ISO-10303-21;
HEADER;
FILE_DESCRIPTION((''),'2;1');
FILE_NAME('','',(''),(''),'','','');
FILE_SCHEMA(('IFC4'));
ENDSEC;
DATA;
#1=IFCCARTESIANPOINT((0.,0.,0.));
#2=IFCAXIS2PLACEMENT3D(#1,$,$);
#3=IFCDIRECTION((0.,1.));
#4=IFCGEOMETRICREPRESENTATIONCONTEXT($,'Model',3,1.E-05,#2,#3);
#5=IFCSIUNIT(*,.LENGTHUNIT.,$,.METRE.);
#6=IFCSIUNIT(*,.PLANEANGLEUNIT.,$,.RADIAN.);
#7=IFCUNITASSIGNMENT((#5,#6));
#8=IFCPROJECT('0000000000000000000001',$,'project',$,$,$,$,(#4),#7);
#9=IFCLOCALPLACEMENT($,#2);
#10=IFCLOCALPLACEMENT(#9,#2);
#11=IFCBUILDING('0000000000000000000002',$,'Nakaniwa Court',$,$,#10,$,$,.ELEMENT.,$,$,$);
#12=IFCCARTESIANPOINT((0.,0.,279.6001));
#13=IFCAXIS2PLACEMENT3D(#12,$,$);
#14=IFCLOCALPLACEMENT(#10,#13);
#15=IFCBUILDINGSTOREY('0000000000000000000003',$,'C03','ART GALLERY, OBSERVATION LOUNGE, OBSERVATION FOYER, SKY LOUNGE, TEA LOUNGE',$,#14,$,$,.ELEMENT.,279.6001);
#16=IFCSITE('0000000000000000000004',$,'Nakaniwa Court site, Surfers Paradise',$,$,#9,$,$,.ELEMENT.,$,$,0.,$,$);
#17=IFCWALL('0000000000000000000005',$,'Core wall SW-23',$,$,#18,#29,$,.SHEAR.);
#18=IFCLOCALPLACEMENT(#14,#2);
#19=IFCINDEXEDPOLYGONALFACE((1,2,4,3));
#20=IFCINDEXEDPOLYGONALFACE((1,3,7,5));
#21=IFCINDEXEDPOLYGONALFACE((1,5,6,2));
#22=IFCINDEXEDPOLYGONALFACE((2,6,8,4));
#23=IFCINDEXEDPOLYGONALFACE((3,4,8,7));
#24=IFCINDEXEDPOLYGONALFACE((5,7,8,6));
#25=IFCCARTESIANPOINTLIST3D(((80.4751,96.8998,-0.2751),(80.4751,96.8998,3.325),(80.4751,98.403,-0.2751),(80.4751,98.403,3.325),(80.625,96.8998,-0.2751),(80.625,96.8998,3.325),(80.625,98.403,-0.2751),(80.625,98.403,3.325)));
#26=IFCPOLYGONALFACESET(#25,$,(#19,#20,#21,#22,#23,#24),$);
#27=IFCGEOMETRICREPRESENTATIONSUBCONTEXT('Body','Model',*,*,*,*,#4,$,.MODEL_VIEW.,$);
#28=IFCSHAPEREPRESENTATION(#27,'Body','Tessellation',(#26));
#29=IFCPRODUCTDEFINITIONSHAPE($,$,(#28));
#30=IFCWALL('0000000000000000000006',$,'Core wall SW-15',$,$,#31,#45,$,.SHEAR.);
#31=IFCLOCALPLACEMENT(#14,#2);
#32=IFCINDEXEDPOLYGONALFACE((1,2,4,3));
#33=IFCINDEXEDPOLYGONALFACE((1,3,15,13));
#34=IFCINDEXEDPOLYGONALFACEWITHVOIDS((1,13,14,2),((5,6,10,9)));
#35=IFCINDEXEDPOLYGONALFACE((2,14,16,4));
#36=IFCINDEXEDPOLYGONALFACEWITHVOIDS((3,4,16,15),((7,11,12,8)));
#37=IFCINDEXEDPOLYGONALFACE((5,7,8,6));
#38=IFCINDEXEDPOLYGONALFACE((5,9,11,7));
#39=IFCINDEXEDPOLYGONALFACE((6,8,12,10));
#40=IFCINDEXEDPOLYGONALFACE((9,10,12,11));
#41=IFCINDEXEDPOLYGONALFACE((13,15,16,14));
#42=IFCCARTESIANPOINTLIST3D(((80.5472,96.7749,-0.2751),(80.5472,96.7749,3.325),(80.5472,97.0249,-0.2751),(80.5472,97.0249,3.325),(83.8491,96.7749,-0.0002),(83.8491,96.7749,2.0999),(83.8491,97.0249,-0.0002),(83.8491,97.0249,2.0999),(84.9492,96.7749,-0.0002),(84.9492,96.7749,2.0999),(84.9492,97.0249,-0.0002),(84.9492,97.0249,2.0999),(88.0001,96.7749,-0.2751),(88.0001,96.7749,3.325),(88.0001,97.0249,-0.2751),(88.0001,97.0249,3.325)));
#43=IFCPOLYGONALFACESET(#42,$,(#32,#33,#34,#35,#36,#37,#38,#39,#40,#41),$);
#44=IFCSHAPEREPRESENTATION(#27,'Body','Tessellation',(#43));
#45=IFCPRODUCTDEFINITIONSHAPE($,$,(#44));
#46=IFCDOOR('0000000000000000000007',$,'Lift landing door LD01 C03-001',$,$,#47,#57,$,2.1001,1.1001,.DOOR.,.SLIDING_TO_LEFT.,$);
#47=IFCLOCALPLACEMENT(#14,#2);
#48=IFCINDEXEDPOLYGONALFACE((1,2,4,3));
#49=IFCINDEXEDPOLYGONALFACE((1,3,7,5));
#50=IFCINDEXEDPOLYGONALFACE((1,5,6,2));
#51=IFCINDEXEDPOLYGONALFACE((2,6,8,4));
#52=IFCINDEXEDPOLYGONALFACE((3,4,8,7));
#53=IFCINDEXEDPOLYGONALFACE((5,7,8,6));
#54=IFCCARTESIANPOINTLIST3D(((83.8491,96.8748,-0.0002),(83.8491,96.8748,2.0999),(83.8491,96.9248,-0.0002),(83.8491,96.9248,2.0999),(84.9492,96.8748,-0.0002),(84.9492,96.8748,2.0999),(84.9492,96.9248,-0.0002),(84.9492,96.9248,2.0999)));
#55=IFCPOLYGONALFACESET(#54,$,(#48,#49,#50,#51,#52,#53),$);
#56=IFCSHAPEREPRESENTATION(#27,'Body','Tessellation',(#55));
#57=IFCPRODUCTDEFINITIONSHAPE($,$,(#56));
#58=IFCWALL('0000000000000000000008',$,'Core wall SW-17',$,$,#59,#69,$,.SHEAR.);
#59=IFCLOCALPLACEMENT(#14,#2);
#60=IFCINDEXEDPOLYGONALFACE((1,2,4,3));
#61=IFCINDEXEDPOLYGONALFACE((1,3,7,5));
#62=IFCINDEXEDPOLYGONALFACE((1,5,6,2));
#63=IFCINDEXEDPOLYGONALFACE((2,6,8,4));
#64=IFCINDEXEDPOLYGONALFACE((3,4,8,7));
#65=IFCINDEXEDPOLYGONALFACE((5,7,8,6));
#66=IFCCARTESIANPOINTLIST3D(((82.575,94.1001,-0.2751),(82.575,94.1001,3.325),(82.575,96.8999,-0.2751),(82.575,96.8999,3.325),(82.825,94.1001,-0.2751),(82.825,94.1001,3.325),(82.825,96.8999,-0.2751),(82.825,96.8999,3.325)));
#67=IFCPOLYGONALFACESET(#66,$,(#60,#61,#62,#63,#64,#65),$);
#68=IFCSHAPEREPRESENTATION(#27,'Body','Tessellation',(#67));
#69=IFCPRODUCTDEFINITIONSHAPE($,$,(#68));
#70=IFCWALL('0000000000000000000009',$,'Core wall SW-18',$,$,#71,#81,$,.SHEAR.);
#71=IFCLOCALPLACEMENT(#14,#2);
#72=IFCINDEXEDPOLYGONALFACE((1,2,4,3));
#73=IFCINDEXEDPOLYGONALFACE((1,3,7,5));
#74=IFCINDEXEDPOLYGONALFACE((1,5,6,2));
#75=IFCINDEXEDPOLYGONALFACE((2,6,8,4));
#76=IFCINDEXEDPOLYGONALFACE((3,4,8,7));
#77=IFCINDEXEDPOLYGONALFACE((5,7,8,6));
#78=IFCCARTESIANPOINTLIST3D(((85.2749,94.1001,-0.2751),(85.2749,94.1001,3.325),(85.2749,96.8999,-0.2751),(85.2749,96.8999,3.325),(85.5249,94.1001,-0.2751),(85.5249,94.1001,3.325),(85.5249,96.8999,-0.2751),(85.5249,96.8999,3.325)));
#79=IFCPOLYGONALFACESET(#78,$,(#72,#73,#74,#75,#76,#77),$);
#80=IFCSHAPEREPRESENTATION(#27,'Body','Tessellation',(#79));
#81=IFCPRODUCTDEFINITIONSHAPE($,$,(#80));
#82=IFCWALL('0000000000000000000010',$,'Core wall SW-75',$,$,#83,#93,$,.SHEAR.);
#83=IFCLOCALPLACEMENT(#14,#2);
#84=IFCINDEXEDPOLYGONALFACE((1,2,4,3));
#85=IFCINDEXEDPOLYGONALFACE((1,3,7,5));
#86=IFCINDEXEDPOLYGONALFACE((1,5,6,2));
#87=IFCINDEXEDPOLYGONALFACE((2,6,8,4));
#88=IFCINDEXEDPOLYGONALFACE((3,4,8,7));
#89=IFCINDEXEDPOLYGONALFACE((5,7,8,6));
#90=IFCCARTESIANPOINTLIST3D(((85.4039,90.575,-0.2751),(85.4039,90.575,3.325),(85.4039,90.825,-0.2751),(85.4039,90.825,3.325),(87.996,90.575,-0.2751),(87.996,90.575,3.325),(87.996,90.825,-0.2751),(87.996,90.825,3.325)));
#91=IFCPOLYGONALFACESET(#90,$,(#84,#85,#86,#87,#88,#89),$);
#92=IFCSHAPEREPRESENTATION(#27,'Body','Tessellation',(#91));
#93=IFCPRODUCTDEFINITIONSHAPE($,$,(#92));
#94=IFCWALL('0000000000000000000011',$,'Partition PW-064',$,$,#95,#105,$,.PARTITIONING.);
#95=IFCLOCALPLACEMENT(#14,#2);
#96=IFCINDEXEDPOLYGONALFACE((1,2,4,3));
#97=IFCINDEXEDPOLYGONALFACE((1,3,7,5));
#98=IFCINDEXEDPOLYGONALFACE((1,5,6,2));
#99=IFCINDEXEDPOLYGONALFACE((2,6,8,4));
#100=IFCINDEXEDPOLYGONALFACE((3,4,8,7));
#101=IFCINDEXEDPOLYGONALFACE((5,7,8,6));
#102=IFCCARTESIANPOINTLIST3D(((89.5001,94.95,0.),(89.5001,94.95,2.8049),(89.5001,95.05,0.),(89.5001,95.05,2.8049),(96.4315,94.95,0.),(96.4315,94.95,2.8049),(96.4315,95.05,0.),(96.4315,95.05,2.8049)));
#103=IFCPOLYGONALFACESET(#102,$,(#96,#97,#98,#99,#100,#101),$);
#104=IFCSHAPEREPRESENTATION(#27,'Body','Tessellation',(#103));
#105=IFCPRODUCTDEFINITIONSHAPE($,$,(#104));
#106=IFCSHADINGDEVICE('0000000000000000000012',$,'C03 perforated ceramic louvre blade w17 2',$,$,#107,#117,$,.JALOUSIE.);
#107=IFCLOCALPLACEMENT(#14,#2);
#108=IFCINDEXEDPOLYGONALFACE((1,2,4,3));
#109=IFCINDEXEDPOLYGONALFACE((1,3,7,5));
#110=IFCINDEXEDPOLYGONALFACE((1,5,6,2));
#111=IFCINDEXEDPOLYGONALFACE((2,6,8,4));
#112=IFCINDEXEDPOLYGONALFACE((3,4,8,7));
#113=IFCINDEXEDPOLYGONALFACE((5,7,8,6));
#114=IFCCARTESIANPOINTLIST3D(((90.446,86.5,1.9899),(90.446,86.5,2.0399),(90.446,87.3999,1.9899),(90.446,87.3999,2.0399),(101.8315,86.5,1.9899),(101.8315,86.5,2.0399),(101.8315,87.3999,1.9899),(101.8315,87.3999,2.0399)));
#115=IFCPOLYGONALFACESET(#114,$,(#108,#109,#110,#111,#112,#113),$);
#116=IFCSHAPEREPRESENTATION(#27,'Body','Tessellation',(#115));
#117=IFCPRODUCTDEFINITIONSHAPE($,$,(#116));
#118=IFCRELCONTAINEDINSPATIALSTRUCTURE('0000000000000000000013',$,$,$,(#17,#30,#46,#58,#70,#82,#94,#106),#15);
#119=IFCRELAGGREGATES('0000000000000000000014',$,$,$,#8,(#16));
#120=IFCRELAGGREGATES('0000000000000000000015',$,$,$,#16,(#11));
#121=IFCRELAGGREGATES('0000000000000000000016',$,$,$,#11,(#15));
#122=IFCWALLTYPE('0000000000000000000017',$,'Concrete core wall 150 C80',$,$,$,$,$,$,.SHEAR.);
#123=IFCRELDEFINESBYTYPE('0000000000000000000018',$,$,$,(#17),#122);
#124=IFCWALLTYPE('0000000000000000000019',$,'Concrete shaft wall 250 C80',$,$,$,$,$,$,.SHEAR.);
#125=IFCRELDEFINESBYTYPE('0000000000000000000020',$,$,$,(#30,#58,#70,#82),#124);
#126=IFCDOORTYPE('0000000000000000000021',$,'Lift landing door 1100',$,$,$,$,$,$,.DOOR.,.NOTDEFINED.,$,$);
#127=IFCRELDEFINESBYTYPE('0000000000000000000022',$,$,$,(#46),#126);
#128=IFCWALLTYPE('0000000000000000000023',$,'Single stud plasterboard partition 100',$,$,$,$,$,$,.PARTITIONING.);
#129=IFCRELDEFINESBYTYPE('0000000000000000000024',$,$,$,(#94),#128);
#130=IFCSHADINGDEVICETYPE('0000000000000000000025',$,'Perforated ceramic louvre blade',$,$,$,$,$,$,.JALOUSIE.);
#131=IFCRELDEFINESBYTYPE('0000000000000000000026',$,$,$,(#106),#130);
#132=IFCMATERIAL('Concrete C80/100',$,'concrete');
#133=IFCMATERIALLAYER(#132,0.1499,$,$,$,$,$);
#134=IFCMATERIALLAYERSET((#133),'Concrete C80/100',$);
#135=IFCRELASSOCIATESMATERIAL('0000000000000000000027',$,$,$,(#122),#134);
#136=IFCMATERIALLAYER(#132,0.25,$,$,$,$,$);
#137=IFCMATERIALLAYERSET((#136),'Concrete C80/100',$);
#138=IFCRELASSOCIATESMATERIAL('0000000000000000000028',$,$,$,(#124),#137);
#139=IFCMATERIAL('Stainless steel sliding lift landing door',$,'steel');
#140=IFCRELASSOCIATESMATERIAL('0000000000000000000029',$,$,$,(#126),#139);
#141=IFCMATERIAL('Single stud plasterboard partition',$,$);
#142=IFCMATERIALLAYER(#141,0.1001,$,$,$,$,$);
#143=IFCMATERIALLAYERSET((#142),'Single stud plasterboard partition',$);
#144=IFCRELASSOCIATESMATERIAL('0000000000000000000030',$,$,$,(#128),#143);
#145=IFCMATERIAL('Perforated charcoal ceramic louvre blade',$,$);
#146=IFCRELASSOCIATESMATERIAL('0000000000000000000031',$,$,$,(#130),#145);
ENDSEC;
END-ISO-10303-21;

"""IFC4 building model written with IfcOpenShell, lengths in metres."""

from ifc_helpers import new_model, si_unit, direction, frame, frame_2d, origin, origin_2d, place, context, subcontext, project, spatial, rectangle, extrude, material, layer, layer_set, material_profile, profile_set, type_object, element, fill, save


model = new_model("IFC4")

# Units and contexts
model_context = context("Model", 3, precision=1e-05, world=origin(), true_north=direction((0.0, 1.0)))
body_context = subcontext(model_context, "Body", "Model", "MODEL_VIEW")
ifc_project = project(units=[si_unit("LENGTHUNIT", "METRE"), si_unit("PLANEANGLEUNIT", "RADIAN")], contexts=[model_context])

# Site, building, storey
site_placement = place(None, origin())
site = spatial("IfcSite", under=ifc_project, at=site_placement, Name="Nakaniwa Court site, Surfers Paradise", CompositionType="ELEMENT", RefElevation=0.0)
building_placement = place(site_placement, origin())
building = spatial("IfcBuilding", under=site, at=building_placement, Name="Nakaniwa Court", CompositionType="ELEMENT")
storey_placement = place(building_placement, frame((0.0, 0.0, 279.6001)))
storey = spatial("IfcBuildingStorey", under=building, at=storey_placement, Name="C03", Description="ART GALLERY, OBSERVATION LOUNGE, OBSERVATION FOYER, SKY LOUNGE, TEA LOUNGE", CompositionType="ELEMENT", Elevation=279.6001)

# Shared definitions
ifc_material_1 = material(Name="Concrete C80/100", Category="concrete")

# Wall
ifc_layer_1 = layer(ifc_material_1, 0.1499)
ifc_layer_set_1 = layer_set([ifc_layer_1], Name="Concrete C80/100")
wall_type_1 = type_object("IfcWallType", Name="Concrete core wall 150 C80", PredefinedType="SHEAR", material=ifc_layer_set_1)
wall_1_placement = place(storey_placement, frame((80.55, 96.8999, -0.2751), z_axis=(0.0, 0.0, 1.0), x_axis=(0.0, 1.0, 0.0)))
element("IfcWall", 1, at=wall_1_placement, inside=storey, type_object=wall_type_1, Name="Core wall SW-23", PredefinedType="SHEAR", context=body_context, shape_type="SweptSolid", body=[
    extrude(rectangle(XDim=1.5032, YDim=0.1499, at=frame_2d((0.7515, 0.0))), origin(), (0.0, 0.0, 1.0), 3.6001),
])

# Wall, opening, door
ifc_layer_2 = layer(ifc_material_1, 0.25)
ifc_layer_set_2 = layer_set([ifc_layer_2], Name="Concrete C80/100")
wall_type_2 = type_object("IfcWallType", Name="Concrete shaft wall 250 C80", PredefinedType="SHEAR", material=ifc_layer_set_2)
wall_2_placement = place(storey_placement, frame((80.5471, 96.8999, -0.2751), z_axis=(0.0, 0.0, 1.0), x_axis=(1.0, 0.0, 0.0)))
wall_2 = element("IfcWall", 2, at=wall_2_placement, inside=storey, type_object=wall_type_2, Name="Core wall SW-15", PredefinedType="SHEAR", context=body_context, shape_type="SweptSolid", body=[
    extrude(rectangle(XDim=7.4529, YDim=0.25, at=frame_2d((3.7266, 0.0))), origin(), (0.0, 0.0, 1.0), 3.6001),
])
opening_1_placement = place(wall_2_placement, frame((3.302, 0.0, 0.2749)))
opening_1 = element("IfcOpeningElement", 3, at=opening_1_placement, cuts=wall_2, PredefinedType="OPENING", context=body_context, shape_type="SweptSolid", body=[
    extrude(rectangle(XDim=1.1001, YDim=2.1001, at=frame_2d((0.55, 1.05))), frame((0.0, 0.135, 0.0), z_axis=(0.0, -1.0, 0.0), x_axis=(1.0, 0.0, 0.0)), (0.0, 0.0, 1.0), 0.27),
])
ifc_material_2 = material(Name="Stainless steel sliding lift landing door", Category="steel")
door_type_1 = type_object("IfcDoorType", Name="Lift landing door 1100", OperationType="NOTDEFINED", PredefinedType="DOOR", material=ifc_material_2)
door_1_placement = place(opening_1_placement, origin())
door_1 = element("IfcDoor", 4, at=door_1_placement, inside=storey, type_object=door_type_1, Name="Lift landing door LD01 C03-001", OperationType="SLIDING_TO_LEFT", OverallHeight=2.1001, OverallWidth=1.1001, PredefinedType="DOOR", context=body_context, shape_type="SweptSolid", body=[
    extrude(rectangle(XDim=1.1001, YDim=2.1001, at=frame_2d((0.55, 1.05))), frame((0.0, 0.0249, 0.0), z_axis=(0.0, -1.0, 0.0), x_axis=(1.0, 0.0, 0.0)), (0.0, 0.0, 1.0), 0.05),
])
fill(opening_1, door_1)

# Walls
for number, where, z_axis, x_axis, name in (
    (5, (82.7, 94.1001, -0.2751), (0.0, 0.0, 1.0), (0.0, 1.0, 0.0), "Core wall SW-17"),
    (6, (85.3999, 94.1001, -0.2751), (0.0, 0.0, 1.0), (0.0, 1.0, 0.0), "Core wall SW-18"),
):
    element("IfcWall", number, at=place(storey_placement, frame(where, z_axis=z_axis, x_axis=x_axis)), inside=storey, type_object=wall_type_2, Name=name, PredefinedType="SHEAR", context=body_context, shape_type="SweptSolid", body=[
        extrude(rectangle(XDim=2.7998, YDim=0.25, at=frame_2d((1.3999, 0.0))), origin(), (0.0, 0.0, 1.0), 3.6001),
    ])
wall_3_placement = place(storey_placement, frame((85.4041, 90.7, -0.2751), z_axis=(0.0, 0.0, 1.0), x_axis=(1.0, 0.0, 0.0)))
element("IfcWall", 7, at=wall_3_placement, inside=storey, type_object=wall_type_2, Name="Core wall SW-75", PredefinedType="SHEAR", context=body_context, shape_type="SweptSolid", body=[
    extrude(rectangle(XDim=2.592, YDim=0.25, at=frame_2d((1.2959, 0.0))), origin(), (0.0, 0.0, 1.0), 3.6001),
])
ifc_material_3 = material(Name="Single stud plasterboard partition")
ifc_layer_3 = layer(ifc_material_3, 0.1001)
ifc_layer_set_3 = layer_set([ifc_layer_3], Name="Single stud plasterboard partition")
wall_type_3 = type_object("IfcWallType", Name="Single stud plasterboard partition 100", PredefinedType="PARTITIONING", material=ifc_layer_set_3)
wall_4_placement = place(storey_placement, frame((89.5, 95.0, 0.0), z_axis=(0.0, 0.0, 1.0), x_axis=(1.0, 0.0, 0.0)))
element("IfcWall", 8, at=wall_4_placement, inside=storey, type_object=wall_type_3, Name="Partition PW-064", PredefinedType="PARTITIONING", context=body_context, shape_type="SweptSolid", body=[
    extrude(rectangle(XDim=6.9314, YDim=0.1001, at=frame_2d((3.4658, 0.0))), origin(), (0.0, 0.0, 1.0), 2.8049),
])

# Shading device
ifc_material_4 = material(Name="Perforated charcoal ceramic louvre blade")
ifc_material_profile_1 = material_profile(ifc_material_4, rectangle(XDim=0.8999, YDim=0.05, at=origin_2d()), Name="Perforated ceramic louvre blade")
ifc_profile_set_1 = profile_set([ifc_material_profile_1], Name="Perforated charcoal ceramic louvre blade")
shading_device_type = type_object("IfcShadingDeviceType", Name="Perforated ceramic louvre blade", PredefinedType="JALOUSIE", material=ifc_profile_set_1)
shading_device_placement = place(storey_placement, frame((90.446, 86.95, 2.0149), z_axis=(1.0, 0.0, 0.0), x_axis=(0.0, 1.0, 0.0)))
element("IfcShadingDevice", 9, at=shading_device_placement, inside=storey, type_object=shading_device_type, Name="C03 perforated ceramic louvre blade w17 2", PredefinedType="JALOUSIE", context=body_context, shape_type="SweptSolid", body=[
    extrude(rectangle(XDim=0.8999, YDim=0.05, at=origin_2d()), origin(), (0.0, 0.0, 1.0), 11.3855),
])

save(model, "model.ifc")
